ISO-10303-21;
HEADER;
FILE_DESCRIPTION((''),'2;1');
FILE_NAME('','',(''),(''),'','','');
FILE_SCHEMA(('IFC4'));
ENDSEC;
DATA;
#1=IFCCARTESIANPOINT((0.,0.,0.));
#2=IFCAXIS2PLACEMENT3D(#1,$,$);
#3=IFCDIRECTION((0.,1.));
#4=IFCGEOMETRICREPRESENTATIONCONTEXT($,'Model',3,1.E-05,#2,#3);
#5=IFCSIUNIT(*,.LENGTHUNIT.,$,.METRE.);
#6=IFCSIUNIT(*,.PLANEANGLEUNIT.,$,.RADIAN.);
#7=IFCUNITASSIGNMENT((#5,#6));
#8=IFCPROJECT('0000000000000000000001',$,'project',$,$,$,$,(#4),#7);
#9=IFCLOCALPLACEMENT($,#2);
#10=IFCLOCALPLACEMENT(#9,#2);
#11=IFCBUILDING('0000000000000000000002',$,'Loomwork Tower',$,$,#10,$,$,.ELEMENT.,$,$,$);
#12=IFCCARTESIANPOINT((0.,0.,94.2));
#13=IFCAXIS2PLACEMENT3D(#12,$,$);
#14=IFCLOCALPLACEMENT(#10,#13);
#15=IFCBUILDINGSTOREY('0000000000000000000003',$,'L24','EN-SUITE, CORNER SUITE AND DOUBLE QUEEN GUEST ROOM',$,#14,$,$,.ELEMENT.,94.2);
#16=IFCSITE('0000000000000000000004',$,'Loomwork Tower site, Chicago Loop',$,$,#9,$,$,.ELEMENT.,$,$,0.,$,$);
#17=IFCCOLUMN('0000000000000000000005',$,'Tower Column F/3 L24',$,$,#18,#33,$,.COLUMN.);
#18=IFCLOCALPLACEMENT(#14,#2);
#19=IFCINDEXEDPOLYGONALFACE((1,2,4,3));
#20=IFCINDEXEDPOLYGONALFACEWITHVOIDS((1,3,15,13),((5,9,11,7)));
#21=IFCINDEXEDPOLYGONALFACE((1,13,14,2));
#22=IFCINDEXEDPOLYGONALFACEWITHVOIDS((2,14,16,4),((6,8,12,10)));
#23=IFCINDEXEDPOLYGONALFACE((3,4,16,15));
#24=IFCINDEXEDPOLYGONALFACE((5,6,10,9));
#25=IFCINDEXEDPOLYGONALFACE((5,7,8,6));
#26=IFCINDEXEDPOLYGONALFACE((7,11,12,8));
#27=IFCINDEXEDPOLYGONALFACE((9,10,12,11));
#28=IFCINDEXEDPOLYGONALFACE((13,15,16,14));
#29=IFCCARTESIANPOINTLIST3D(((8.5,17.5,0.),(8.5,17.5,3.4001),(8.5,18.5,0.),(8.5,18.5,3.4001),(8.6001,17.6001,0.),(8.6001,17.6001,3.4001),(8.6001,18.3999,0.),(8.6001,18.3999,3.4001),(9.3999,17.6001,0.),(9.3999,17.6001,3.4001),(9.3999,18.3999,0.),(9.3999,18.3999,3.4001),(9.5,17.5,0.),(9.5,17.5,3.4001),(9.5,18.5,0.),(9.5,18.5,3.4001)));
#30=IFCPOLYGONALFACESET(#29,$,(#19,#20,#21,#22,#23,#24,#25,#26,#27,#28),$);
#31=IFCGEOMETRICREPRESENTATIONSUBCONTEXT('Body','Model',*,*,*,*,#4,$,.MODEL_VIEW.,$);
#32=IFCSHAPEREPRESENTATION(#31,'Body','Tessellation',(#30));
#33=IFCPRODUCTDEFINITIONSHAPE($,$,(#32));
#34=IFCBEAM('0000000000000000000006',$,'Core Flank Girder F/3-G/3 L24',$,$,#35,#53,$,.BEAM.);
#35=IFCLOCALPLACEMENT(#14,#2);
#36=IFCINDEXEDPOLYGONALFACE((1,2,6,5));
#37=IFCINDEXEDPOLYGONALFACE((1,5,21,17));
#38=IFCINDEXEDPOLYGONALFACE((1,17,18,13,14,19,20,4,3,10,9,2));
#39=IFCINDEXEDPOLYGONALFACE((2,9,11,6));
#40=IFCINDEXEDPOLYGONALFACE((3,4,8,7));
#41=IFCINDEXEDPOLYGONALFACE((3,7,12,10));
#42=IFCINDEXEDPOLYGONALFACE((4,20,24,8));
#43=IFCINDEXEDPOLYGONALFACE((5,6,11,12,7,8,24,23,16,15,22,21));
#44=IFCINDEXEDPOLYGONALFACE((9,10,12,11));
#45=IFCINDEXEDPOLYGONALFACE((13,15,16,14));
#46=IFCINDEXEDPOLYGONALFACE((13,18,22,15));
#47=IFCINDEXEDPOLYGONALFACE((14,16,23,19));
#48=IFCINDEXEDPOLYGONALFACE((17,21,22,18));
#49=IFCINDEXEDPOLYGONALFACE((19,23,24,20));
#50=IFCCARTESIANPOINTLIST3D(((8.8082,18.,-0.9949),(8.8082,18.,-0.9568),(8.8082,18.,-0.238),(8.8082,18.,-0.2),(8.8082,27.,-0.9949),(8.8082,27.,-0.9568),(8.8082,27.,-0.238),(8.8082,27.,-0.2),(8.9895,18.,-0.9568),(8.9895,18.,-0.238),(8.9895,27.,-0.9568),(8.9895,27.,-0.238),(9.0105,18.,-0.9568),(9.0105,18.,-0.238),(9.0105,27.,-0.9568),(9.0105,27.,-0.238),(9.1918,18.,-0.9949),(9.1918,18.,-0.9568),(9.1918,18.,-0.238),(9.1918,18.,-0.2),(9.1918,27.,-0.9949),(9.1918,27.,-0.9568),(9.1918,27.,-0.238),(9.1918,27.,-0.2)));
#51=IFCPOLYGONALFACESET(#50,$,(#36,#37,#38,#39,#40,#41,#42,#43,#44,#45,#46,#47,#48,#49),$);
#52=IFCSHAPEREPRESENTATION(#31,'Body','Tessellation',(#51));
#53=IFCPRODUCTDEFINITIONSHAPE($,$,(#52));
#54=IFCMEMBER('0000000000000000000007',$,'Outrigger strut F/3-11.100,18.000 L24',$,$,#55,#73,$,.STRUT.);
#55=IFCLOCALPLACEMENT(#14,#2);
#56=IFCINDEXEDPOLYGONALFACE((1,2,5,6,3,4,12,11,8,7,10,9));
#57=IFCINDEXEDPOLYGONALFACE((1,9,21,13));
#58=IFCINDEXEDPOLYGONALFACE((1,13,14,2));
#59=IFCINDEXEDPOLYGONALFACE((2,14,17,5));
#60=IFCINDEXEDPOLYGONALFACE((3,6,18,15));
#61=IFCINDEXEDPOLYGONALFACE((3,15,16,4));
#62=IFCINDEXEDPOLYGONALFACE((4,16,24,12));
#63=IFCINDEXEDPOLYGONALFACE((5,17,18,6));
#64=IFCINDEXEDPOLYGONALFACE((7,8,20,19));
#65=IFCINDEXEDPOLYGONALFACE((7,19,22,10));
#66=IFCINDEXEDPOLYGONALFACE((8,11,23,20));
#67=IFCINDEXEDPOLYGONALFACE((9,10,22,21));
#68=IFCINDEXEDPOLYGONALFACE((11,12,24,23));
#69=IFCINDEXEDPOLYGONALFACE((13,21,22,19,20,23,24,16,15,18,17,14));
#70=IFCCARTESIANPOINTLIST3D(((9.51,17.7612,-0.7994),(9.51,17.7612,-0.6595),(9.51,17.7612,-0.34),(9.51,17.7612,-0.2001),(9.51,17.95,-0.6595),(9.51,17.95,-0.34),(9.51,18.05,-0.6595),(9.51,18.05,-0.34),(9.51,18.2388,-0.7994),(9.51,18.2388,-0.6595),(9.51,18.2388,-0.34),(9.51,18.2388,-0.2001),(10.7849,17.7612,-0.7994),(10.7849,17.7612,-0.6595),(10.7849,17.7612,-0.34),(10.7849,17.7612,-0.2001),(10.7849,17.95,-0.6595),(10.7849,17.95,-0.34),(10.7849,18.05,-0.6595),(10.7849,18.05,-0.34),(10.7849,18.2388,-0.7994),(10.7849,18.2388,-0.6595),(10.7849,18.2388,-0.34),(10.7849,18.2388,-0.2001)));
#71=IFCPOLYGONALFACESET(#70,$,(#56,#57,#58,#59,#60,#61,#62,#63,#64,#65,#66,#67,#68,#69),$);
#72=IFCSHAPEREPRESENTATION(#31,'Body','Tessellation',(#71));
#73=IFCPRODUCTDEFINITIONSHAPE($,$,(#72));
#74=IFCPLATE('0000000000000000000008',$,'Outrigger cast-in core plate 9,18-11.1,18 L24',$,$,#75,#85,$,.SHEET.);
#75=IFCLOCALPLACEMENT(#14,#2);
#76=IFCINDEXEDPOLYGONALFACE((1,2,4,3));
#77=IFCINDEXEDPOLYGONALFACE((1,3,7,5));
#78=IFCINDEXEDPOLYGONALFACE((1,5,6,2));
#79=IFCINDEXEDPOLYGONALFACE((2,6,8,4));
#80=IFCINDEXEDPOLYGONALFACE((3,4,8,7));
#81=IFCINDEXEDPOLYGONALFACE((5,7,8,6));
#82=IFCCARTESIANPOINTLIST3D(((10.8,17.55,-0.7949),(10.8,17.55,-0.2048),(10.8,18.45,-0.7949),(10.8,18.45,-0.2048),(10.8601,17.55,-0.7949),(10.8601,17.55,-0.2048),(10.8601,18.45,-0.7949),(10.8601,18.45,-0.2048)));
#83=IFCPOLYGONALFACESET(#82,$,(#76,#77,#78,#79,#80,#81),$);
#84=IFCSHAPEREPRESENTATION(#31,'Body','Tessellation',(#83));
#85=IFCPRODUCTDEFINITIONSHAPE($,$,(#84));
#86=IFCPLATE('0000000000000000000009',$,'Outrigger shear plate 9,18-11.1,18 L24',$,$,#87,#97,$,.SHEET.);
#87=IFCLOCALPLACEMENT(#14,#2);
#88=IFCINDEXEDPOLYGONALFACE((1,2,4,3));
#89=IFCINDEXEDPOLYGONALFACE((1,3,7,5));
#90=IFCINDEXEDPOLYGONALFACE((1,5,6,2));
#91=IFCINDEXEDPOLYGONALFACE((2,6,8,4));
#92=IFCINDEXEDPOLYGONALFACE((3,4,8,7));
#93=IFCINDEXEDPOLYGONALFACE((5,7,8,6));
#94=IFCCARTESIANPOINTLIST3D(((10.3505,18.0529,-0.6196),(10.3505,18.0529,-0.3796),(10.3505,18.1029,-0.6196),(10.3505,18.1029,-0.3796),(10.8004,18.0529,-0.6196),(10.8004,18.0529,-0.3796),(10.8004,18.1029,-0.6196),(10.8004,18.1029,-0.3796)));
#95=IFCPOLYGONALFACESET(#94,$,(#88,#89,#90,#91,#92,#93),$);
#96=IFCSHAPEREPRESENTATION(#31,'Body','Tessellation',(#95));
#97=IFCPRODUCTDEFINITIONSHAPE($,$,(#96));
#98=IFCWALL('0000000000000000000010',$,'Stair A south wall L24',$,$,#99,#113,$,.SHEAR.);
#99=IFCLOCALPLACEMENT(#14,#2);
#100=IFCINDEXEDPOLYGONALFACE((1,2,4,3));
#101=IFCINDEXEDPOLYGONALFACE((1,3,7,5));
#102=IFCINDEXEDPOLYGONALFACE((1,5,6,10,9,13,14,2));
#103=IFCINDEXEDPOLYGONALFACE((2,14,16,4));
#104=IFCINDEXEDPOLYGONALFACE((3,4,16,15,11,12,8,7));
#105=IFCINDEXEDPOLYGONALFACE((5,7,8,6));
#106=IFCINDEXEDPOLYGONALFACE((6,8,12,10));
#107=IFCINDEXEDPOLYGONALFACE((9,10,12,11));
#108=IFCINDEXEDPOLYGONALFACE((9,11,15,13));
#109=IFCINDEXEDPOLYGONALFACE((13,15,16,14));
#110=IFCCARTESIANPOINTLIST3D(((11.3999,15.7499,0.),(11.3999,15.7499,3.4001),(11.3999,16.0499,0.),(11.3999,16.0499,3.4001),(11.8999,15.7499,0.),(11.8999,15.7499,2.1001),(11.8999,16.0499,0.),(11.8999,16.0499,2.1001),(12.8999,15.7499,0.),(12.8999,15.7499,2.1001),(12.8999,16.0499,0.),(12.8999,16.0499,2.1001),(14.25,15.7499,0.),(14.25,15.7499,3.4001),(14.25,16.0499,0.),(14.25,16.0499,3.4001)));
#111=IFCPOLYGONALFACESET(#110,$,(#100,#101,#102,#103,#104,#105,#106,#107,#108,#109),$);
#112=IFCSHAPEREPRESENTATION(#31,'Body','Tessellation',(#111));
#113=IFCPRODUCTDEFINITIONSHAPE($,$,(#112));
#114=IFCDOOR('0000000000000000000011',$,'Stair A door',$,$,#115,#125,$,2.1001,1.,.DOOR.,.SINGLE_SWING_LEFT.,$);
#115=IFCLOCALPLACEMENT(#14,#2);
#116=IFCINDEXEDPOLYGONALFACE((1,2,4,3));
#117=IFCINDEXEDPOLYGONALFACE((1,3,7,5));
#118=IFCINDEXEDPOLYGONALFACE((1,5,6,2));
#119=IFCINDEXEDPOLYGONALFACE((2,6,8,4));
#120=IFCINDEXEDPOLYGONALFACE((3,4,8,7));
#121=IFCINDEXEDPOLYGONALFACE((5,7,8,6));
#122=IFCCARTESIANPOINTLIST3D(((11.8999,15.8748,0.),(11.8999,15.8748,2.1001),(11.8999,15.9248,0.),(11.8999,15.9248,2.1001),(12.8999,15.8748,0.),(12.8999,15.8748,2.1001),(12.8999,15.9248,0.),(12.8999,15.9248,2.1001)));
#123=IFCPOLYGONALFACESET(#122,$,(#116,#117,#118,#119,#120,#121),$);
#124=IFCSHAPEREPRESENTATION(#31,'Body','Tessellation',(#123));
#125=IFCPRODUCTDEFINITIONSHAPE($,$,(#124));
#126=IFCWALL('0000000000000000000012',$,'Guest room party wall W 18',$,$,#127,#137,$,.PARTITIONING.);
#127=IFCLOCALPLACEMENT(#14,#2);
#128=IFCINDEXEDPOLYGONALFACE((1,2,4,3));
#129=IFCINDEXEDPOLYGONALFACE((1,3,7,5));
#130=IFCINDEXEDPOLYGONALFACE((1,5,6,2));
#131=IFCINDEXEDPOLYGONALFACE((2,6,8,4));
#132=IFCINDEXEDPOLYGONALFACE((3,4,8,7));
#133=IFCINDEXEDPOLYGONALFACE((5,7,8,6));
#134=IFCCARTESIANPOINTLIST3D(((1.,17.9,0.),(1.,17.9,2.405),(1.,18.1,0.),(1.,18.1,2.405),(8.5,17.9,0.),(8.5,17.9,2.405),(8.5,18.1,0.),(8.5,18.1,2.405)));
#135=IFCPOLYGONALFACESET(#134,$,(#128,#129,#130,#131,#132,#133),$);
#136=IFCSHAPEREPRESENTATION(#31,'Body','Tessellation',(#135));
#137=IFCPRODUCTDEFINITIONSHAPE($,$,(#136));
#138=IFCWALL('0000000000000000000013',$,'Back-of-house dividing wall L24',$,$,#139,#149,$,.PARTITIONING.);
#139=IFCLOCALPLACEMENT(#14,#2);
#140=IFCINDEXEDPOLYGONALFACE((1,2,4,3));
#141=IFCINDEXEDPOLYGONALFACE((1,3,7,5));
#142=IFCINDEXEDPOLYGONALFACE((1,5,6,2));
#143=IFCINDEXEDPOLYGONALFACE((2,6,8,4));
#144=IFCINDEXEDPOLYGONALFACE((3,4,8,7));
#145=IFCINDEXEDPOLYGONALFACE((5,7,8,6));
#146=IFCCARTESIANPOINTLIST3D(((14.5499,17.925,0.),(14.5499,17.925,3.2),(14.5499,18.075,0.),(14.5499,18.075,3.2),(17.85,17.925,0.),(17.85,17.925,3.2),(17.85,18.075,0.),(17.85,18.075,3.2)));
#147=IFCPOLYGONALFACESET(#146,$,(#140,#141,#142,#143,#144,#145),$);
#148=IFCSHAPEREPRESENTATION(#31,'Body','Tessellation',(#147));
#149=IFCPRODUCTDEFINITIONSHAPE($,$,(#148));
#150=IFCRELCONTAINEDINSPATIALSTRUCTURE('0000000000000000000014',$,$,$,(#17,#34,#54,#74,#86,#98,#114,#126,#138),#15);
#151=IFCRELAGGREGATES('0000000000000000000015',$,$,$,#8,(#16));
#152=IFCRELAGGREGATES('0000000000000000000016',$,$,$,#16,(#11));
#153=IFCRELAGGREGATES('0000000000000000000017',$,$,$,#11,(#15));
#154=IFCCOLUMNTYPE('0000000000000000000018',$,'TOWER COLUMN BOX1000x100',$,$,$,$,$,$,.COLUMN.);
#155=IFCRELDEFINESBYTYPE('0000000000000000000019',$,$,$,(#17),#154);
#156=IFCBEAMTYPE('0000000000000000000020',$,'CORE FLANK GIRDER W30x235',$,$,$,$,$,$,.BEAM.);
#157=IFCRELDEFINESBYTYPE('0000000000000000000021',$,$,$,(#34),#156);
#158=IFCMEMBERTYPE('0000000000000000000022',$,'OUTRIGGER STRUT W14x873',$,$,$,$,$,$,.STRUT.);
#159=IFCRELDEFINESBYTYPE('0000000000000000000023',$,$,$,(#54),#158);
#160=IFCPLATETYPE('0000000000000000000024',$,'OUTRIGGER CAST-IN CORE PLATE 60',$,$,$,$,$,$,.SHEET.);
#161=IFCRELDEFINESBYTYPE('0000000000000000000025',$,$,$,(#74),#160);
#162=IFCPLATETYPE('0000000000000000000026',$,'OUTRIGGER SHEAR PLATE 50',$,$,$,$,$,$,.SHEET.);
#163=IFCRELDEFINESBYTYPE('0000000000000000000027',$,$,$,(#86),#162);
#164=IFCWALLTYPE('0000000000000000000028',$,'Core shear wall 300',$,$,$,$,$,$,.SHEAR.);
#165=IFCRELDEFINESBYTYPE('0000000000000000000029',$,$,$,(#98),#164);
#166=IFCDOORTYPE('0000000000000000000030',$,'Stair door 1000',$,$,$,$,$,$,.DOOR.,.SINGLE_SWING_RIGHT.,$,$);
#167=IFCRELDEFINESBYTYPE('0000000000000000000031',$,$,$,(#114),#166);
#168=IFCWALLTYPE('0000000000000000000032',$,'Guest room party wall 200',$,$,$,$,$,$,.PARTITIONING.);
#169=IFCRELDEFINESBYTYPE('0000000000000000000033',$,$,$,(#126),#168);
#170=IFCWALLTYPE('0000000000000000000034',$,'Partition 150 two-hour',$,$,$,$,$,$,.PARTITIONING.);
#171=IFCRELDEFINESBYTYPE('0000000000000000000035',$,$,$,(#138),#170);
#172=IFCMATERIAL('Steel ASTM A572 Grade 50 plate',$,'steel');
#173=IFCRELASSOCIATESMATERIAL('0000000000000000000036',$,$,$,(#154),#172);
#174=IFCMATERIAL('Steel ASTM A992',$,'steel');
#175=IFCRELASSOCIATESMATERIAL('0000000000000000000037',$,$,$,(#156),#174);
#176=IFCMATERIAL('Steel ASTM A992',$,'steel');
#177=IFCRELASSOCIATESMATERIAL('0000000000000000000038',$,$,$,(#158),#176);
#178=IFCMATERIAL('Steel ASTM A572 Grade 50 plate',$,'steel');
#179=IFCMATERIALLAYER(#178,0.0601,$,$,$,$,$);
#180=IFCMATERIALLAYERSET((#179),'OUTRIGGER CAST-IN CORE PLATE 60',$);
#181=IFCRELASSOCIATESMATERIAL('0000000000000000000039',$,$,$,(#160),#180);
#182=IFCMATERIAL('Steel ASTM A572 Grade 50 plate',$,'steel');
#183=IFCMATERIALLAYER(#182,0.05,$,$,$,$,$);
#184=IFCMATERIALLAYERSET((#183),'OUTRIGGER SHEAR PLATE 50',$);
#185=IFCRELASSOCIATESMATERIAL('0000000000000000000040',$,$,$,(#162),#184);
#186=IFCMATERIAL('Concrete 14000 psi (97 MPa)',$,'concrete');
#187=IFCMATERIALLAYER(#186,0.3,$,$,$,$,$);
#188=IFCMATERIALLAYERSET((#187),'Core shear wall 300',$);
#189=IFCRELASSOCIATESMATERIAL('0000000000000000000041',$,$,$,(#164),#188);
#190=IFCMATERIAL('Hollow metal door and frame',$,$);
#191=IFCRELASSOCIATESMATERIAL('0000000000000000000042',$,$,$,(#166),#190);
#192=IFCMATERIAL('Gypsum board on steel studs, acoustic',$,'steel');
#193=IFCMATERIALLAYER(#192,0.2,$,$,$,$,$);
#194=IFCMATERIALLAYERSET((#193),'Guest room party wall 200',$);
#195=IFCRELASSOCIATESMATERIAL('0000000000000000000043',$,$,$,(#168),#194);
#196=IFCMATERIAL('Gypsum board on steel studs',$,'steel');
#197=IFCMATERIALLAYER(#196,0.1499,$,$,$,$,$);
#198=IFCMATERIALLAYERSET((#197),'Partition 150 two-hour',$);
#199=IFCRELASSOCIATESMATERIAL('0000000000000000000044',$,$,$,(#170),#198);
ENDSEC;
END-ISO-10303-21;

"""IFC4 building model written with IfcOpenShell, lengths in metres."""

from ifc_helpers import new_model, si_unit, direction, frame, frame_2d, origin, origin_2d, place, context, subcontext, project, spatial, rectangle, hollow_rectangle, i_section, extrude, material, layer, layer_set, material_profile, profile_set, type_object, element, fill, save


model = new_model("IFC4")

# Units and contexts
model_context = context("Model", 3, precision=1e-05, world=origin(), true_north=direction((0.0, 1.0)))
body_context = subcontext(model_context, "Body", "Model", "MODEL_VIEW")
ifc_project = project(units=[si_unit("LENGTHUNIT", "METRE"), si_unit("PLANEANGLEUNIT", "RADIAN")], contexts=[model_context])

# Site, building, storey
site_placement = place(None, origin())
site = spatial("IfcSite", under=ifc_project, at=site_placement, Name="Loomwork Tower site, Chicago Loop", CompositionType="ELEMENT", RefElevation=0.0)
building_placement = place(site_placement, origin())
building = spatial("IfcBuilding", under=site, at=building_placement, Name="Loomwork Tower", CompositionType="ELEMENT")
storey_placement = place(building_placement, frame((0.0, 0.0, 94.2)))
storey = spatial("IfcBuildingStorey", under=building, at=storey_placement, Name="L24", Description="EN-SUITE, CORNER SUITE AND DOUBLE QUEEN GUEST ROOM", CompositionType="ELEMENT", Elevation=94.2)

# Column
ifc_material_1 = material(Name="Steel ASTM A572 Grade 50 plate", Category="steel")
ifc_material_profile_1 = material_profile(ifc_material_1, hollow_rectangle(XDim=1.0, YDim=1.0, WallThickness=0.1001, at=origin_2d()), Name="BOX1000x100")
ifc_profile_set_1 = profile_set([ifc_material_profile_1], Name="Steel ASTM A572 Grade 50 plate")
column_type = type_object("IfcColumnType", Name="TOWER COLUMN BOX1000x100", PredefinedType="COLUMN", material=ifc_profile_set_1)
column_placement = place(storey_placement, frame((9.0, 18.0, 0.0), z_axis=(0.0, 0.0, 1.0), x_axis=(1.0, 0.0, 0.0)))
element("IfcColumn", 1, at=column_placement, inside=storey, type_object=column_type, Name="Tower Column F/3 L24", PredefinedType="COLUMN", context=body_context, shape_type="SweptSolid", body=[
    extrude(hollow_rectangle(XDim=1.0, YDim=1.0, WallThickness=0.1001, at=origin_2d()), origin(), (0.0, 0.0, 1.0), 3.4001),
])

# Beam
ifc_material_2 = material(Name="Steel ASTM A992", Category="steel")
ifc_material_profile_2 = material_profile(ifc_material_2, i_section(OverallWidth=0.3835, OverallDepth=0.7949, WebThickness=0.021, FlangeThickness=0.0381, at=origin_2d()), Name="W30x235")
ifc_profile_set_2 = profile_set([ifc_material_profile_2], Name="Steel ASTM A992")
beam_type = type_object("IfcBeamType", Name="CORE FLANK GIRDER W30x235", PredefinedType="BEAM", material=ifc_profile_set_2)
beam_placement = place(storey_placement, frame((9.0, 18.0, -0.5974), z_axis=(0.0, 1.0, 0.0), x_axis=(-1.0, 0.0, 0.0)))
element("IfcBeam", 2, at=beam_placement, inside=storey, type_object=beam_type, Name="Core Flank Girder F/3-G/3 L24", PredefinedType="BEAM", context=body_context, shape_type="SweptSolid", body=[
    extrude(i_section(OverallWidth=0.3835, OverallDepth=0.7949, WebThickness=0.021, FlangeThickness=0.0381, at=origin_2d()), origin(), (0.0, 0.0, 1.0), 9.0),
])

# Member
ifc_material_3 = material(Name="Steel ASTM A992", Category="steel")
ifc_material_profile_3 = material_profile(ifc_material_3, i_section(OverallWidth=0.4775, OverallDepth=0.5994, WebThickness=0.1001, FlangeThickness=0.1399, at=origin_2d()), Name="W14x873")
ifc_profile_set_3 = profile_set([ifc_material_profile_3], Name="Steel ASTM A992")
member_type = type_object("IfcMemberType", Name="OUTRIGGER STRUT W14x873", PredefinedType="STRUT", material=ifc_profile_set_3)
member_placement = place(storey_placement, frame((9.51, 18.0, -0.4998), z_axis=(1.0, 0.0, 0.0), x_axis=(0.0, 1.0, 0.0)))
element("IfcMember", 3, at=member_placement, inside=storey, type_object=member_type, Name="Outrigger strut F/3-11.100,18.000 L24", PredefinedType="STRUT", context=body_context, shape_type="SweptSolid", body=[
    extrude(i_section(OverallWidth=0.4775, OverallDepth=0.5994, WebThickness=0.1001, FlangeThickness=0.1399, at=origin_2d()), origin(), (0.0, 0.0, 1.0), 1.2749),
])

# Plates
ifc_material_4 = material(Name="Steel ASTM A572 Grade 50 plate", Category="steel")
ifc_layer_1 = layer(ifc_material_4, 0.0601)
ifc_layer_set_1 = layer_set([ifc_layer_1], Name="OUTRIGGER CAST-IN CORE PLATE 60")
plate_type_1 = type_object("IfcPlateType", Name="OUTRIGGER CAST-IN CORE PLATE 60", PredefinedType="SHEET", material=ifc_layer_set_1)
plate_1_placement = place(storey_placement, frame((10.8301, 18.0, -0.7949), z_axis=(0.0, 0.0, 1.0), x_axis=(0.0, 1.0, 0.0)))
element("IfcPlate", 4, at=plate_1_placement, inside=storey, type_object=plate_type_1, Name="Outrigger cast-in core plate 9,18-11.1,18 L24", PredefinedType="SHEET", context=body_context, shape_type="SweptSolid", body=[
    extrude(rectangle(XDim=0.8999, YDim=0.0601, at=origin_2d()), origin(), (0.0, 0.0, 1.0), 0.5901),
])
ifc_material_5 = material(Name="Steel ASTM A572 Grade 50 plate", Category="steel")
ifc_layer_2 = layer(ifc_material_5, 0.05)
ifc_layer_set_2 = layer_set([ifc_layer_2], Name="OUTRIGGER SHEAR PLATE 50")
plate_type_2 = type_object("IfcPlateType", Name="OUTRIGGER SHEAR PLATE 50", PredefinedType="SHEET", material=ifc_layer_set_2)
plate_2_placement = place(storey_placement, frame((10.5754, 18.0779, -0.6196), z_axis=(0.0, 0.0, 1.0), x_axis=(1.0, 0.0, 0.0)))
element("IfcPlate", 5, at=plate_2_placement, inside=storey, type_object=plate_type_2, Name="Outrigger shear plate 9,18-11.1,18 L24", PredefinedType="SHEET", context=body_context, shape_type="SweptSolid", body=[
    extrude(rectangle(XDim=0.45, YDim=0.05, at=origin_2d()), origin(), (0.0, 0.0, 1.0), 0.24),
])

# Wall, opening, door
ifc_material_6 = material(Name="Concrete 14000 psi (97 MPa)", Category="concrete")
ifc_layer_3 = layer(ifc_material_6, 0.3)
ifc_layer_set_3 = layer_set([ifc_layer_3], Name="Core shear wall 300")
wall_type_1 = type_object("IfcWallType", Name="Core shear wall 300", PredefinedType="SHEAR", material=ifc_layer_set_3)
wall_1_placement = place(storey_placement, frame((11.3999, 15.8999, 0.0), z_axis=(0.0, 0.0, 1.0), x_axis=(1.0, 0.0, 0.0)))
wall_1 = element("IfcWall", 6, at=wall_1_placement, inside=storey, type_object=wall_type_1, Name="Stair A south wall L24", PredefinedType="SHEAR", context=body_context, shape_type="SweptSolid", body=[
    extrude(rectangle(XDim=2.8501, YDim=0.3, at=frame_2d((1.425, 0.0))), origin(), (0.0, 0.0, 1.0), 3.4001),
])
opening_1_placement = place(wall_1_placement, frame((0.5, 0.0, 0.0)))
opening_1 = element("IfcOpeningElement", 7, at=opening_1_placement, cuts=wall_1, PredefinedType="OPENING", context=body_context, shape_type="SweptSolid", body=[
    extrude(rectangle(XDim=1.0, YDim=2.1001, at=frame_2d((0.5, 1.05))), frame((0.0, 0.1599, 0.0), z_axis=(0.0, -1.0, 0.0), x_axis=(1.0, 0.0, 0.0)), (0.0, 0.0, 1.0), 0.3201),
])
ifc_material_7 = material(Name="Hollow metal door and frame")
door_type_1 = type_object("IfcDoorType", Name="Stair door 1000", OperationType="SINGLE_SWING_RIGHT", PredefinedType="DOOR", material=ifc_material_7)
door_1_placement = place(opening_1_placement, origin())
door_1 = element("IfcDoor", 8, at=door_1_placement, inside=storey, type_object=door_type_1, Name="Stair A door", OperationType="SINGLE_SWING_LEFT", OverallHeight=2.1001, OverallWidth=1.0, PredefinedType="DOOR", context=body_context, shape_type="SweptSolid", body=[
    extrude(rectangle(XDim=1.0, YDim=2.1001, at=frame_2d((0.5, 1.05))), frame((0.0, 0.0249, 0.0), z_axis=(0.0, -1.0, 0.0), x_axis=(1.0, 0.0, 0.0)), (0.0, 0.0, 1.0), 0.05),
])
fill(opening_1, door_1)

# Walls
ifc_material_8 = material(Name="Gypsum board on steel studs, acoustic", Category="steel")
ifc_layer_4 = layer(ifc_material_8, 0.2)
ifc_layer_set_4 = layer_set([ifc_layer_4], Name="Guest room party wall 200")
wall_type_2 = type_object("IfcWallType", Name="Guest room party wall 200", PredefinedType="PARTITIONING", material=ifc_layer_set_4)
wall_2_placement = place(storey_placement, frame((8.5, 18.0, 0.0), z_axis=(0.0, 0.0, 1.0), x_axis=(-1.0, 0.0, 0.0)))
element("IfcWall", 9, at=wall_2_placement, inside=storey, type_object=wall_type_2, Name="Guest room party wall W 18", PredefinedType="PARTITIONING", context=body_context, shape_type="SweptSolid", body=[
    extrude(rectangle(XDim=7.5, YDim=0.2, at=frame_2d((3.75, 0.0))), origin(), (0.0, 0.0, 1.0), 2.405),
])
ifc_material_9 = material(Name="Gypsum board on steel studs", Category="steel")
ifc_layer_5 = layer(ifc_material_9, 0.1499)
ifc_layer_set_5 = layer_set([ifc_layer_5], Name="Partition 150 two-hour")
wall_type_3 = type_object("IfcWallType", Name="Partition 150 two-hour", PredefinedType="PARTITIONING", material=ifc_layer_set_5)
wall_3_placement = place(storey_placement, frame((14.55, 18.0, 0.0), z_axis=(0.0, 0.0, 1.0), x_axis=(1.0, 0.0, 0.0)))
element("IfcWall", 10, at=wall_3_placement, inside=storey, type_object=wall_type_3, Name="Back-of-house dividing wall L24", PredefinedType="PARTITIONING", context=body_context, shape_type="SweptSolid", body=[
    extrude(rectangle(XDim=3.3, YDim=0.1499, at=frame_2d((1.6499, 0.0))), origin(), (0.0, 0.0, 1.0), 3.2),
])

save(model, "model.ifc")
